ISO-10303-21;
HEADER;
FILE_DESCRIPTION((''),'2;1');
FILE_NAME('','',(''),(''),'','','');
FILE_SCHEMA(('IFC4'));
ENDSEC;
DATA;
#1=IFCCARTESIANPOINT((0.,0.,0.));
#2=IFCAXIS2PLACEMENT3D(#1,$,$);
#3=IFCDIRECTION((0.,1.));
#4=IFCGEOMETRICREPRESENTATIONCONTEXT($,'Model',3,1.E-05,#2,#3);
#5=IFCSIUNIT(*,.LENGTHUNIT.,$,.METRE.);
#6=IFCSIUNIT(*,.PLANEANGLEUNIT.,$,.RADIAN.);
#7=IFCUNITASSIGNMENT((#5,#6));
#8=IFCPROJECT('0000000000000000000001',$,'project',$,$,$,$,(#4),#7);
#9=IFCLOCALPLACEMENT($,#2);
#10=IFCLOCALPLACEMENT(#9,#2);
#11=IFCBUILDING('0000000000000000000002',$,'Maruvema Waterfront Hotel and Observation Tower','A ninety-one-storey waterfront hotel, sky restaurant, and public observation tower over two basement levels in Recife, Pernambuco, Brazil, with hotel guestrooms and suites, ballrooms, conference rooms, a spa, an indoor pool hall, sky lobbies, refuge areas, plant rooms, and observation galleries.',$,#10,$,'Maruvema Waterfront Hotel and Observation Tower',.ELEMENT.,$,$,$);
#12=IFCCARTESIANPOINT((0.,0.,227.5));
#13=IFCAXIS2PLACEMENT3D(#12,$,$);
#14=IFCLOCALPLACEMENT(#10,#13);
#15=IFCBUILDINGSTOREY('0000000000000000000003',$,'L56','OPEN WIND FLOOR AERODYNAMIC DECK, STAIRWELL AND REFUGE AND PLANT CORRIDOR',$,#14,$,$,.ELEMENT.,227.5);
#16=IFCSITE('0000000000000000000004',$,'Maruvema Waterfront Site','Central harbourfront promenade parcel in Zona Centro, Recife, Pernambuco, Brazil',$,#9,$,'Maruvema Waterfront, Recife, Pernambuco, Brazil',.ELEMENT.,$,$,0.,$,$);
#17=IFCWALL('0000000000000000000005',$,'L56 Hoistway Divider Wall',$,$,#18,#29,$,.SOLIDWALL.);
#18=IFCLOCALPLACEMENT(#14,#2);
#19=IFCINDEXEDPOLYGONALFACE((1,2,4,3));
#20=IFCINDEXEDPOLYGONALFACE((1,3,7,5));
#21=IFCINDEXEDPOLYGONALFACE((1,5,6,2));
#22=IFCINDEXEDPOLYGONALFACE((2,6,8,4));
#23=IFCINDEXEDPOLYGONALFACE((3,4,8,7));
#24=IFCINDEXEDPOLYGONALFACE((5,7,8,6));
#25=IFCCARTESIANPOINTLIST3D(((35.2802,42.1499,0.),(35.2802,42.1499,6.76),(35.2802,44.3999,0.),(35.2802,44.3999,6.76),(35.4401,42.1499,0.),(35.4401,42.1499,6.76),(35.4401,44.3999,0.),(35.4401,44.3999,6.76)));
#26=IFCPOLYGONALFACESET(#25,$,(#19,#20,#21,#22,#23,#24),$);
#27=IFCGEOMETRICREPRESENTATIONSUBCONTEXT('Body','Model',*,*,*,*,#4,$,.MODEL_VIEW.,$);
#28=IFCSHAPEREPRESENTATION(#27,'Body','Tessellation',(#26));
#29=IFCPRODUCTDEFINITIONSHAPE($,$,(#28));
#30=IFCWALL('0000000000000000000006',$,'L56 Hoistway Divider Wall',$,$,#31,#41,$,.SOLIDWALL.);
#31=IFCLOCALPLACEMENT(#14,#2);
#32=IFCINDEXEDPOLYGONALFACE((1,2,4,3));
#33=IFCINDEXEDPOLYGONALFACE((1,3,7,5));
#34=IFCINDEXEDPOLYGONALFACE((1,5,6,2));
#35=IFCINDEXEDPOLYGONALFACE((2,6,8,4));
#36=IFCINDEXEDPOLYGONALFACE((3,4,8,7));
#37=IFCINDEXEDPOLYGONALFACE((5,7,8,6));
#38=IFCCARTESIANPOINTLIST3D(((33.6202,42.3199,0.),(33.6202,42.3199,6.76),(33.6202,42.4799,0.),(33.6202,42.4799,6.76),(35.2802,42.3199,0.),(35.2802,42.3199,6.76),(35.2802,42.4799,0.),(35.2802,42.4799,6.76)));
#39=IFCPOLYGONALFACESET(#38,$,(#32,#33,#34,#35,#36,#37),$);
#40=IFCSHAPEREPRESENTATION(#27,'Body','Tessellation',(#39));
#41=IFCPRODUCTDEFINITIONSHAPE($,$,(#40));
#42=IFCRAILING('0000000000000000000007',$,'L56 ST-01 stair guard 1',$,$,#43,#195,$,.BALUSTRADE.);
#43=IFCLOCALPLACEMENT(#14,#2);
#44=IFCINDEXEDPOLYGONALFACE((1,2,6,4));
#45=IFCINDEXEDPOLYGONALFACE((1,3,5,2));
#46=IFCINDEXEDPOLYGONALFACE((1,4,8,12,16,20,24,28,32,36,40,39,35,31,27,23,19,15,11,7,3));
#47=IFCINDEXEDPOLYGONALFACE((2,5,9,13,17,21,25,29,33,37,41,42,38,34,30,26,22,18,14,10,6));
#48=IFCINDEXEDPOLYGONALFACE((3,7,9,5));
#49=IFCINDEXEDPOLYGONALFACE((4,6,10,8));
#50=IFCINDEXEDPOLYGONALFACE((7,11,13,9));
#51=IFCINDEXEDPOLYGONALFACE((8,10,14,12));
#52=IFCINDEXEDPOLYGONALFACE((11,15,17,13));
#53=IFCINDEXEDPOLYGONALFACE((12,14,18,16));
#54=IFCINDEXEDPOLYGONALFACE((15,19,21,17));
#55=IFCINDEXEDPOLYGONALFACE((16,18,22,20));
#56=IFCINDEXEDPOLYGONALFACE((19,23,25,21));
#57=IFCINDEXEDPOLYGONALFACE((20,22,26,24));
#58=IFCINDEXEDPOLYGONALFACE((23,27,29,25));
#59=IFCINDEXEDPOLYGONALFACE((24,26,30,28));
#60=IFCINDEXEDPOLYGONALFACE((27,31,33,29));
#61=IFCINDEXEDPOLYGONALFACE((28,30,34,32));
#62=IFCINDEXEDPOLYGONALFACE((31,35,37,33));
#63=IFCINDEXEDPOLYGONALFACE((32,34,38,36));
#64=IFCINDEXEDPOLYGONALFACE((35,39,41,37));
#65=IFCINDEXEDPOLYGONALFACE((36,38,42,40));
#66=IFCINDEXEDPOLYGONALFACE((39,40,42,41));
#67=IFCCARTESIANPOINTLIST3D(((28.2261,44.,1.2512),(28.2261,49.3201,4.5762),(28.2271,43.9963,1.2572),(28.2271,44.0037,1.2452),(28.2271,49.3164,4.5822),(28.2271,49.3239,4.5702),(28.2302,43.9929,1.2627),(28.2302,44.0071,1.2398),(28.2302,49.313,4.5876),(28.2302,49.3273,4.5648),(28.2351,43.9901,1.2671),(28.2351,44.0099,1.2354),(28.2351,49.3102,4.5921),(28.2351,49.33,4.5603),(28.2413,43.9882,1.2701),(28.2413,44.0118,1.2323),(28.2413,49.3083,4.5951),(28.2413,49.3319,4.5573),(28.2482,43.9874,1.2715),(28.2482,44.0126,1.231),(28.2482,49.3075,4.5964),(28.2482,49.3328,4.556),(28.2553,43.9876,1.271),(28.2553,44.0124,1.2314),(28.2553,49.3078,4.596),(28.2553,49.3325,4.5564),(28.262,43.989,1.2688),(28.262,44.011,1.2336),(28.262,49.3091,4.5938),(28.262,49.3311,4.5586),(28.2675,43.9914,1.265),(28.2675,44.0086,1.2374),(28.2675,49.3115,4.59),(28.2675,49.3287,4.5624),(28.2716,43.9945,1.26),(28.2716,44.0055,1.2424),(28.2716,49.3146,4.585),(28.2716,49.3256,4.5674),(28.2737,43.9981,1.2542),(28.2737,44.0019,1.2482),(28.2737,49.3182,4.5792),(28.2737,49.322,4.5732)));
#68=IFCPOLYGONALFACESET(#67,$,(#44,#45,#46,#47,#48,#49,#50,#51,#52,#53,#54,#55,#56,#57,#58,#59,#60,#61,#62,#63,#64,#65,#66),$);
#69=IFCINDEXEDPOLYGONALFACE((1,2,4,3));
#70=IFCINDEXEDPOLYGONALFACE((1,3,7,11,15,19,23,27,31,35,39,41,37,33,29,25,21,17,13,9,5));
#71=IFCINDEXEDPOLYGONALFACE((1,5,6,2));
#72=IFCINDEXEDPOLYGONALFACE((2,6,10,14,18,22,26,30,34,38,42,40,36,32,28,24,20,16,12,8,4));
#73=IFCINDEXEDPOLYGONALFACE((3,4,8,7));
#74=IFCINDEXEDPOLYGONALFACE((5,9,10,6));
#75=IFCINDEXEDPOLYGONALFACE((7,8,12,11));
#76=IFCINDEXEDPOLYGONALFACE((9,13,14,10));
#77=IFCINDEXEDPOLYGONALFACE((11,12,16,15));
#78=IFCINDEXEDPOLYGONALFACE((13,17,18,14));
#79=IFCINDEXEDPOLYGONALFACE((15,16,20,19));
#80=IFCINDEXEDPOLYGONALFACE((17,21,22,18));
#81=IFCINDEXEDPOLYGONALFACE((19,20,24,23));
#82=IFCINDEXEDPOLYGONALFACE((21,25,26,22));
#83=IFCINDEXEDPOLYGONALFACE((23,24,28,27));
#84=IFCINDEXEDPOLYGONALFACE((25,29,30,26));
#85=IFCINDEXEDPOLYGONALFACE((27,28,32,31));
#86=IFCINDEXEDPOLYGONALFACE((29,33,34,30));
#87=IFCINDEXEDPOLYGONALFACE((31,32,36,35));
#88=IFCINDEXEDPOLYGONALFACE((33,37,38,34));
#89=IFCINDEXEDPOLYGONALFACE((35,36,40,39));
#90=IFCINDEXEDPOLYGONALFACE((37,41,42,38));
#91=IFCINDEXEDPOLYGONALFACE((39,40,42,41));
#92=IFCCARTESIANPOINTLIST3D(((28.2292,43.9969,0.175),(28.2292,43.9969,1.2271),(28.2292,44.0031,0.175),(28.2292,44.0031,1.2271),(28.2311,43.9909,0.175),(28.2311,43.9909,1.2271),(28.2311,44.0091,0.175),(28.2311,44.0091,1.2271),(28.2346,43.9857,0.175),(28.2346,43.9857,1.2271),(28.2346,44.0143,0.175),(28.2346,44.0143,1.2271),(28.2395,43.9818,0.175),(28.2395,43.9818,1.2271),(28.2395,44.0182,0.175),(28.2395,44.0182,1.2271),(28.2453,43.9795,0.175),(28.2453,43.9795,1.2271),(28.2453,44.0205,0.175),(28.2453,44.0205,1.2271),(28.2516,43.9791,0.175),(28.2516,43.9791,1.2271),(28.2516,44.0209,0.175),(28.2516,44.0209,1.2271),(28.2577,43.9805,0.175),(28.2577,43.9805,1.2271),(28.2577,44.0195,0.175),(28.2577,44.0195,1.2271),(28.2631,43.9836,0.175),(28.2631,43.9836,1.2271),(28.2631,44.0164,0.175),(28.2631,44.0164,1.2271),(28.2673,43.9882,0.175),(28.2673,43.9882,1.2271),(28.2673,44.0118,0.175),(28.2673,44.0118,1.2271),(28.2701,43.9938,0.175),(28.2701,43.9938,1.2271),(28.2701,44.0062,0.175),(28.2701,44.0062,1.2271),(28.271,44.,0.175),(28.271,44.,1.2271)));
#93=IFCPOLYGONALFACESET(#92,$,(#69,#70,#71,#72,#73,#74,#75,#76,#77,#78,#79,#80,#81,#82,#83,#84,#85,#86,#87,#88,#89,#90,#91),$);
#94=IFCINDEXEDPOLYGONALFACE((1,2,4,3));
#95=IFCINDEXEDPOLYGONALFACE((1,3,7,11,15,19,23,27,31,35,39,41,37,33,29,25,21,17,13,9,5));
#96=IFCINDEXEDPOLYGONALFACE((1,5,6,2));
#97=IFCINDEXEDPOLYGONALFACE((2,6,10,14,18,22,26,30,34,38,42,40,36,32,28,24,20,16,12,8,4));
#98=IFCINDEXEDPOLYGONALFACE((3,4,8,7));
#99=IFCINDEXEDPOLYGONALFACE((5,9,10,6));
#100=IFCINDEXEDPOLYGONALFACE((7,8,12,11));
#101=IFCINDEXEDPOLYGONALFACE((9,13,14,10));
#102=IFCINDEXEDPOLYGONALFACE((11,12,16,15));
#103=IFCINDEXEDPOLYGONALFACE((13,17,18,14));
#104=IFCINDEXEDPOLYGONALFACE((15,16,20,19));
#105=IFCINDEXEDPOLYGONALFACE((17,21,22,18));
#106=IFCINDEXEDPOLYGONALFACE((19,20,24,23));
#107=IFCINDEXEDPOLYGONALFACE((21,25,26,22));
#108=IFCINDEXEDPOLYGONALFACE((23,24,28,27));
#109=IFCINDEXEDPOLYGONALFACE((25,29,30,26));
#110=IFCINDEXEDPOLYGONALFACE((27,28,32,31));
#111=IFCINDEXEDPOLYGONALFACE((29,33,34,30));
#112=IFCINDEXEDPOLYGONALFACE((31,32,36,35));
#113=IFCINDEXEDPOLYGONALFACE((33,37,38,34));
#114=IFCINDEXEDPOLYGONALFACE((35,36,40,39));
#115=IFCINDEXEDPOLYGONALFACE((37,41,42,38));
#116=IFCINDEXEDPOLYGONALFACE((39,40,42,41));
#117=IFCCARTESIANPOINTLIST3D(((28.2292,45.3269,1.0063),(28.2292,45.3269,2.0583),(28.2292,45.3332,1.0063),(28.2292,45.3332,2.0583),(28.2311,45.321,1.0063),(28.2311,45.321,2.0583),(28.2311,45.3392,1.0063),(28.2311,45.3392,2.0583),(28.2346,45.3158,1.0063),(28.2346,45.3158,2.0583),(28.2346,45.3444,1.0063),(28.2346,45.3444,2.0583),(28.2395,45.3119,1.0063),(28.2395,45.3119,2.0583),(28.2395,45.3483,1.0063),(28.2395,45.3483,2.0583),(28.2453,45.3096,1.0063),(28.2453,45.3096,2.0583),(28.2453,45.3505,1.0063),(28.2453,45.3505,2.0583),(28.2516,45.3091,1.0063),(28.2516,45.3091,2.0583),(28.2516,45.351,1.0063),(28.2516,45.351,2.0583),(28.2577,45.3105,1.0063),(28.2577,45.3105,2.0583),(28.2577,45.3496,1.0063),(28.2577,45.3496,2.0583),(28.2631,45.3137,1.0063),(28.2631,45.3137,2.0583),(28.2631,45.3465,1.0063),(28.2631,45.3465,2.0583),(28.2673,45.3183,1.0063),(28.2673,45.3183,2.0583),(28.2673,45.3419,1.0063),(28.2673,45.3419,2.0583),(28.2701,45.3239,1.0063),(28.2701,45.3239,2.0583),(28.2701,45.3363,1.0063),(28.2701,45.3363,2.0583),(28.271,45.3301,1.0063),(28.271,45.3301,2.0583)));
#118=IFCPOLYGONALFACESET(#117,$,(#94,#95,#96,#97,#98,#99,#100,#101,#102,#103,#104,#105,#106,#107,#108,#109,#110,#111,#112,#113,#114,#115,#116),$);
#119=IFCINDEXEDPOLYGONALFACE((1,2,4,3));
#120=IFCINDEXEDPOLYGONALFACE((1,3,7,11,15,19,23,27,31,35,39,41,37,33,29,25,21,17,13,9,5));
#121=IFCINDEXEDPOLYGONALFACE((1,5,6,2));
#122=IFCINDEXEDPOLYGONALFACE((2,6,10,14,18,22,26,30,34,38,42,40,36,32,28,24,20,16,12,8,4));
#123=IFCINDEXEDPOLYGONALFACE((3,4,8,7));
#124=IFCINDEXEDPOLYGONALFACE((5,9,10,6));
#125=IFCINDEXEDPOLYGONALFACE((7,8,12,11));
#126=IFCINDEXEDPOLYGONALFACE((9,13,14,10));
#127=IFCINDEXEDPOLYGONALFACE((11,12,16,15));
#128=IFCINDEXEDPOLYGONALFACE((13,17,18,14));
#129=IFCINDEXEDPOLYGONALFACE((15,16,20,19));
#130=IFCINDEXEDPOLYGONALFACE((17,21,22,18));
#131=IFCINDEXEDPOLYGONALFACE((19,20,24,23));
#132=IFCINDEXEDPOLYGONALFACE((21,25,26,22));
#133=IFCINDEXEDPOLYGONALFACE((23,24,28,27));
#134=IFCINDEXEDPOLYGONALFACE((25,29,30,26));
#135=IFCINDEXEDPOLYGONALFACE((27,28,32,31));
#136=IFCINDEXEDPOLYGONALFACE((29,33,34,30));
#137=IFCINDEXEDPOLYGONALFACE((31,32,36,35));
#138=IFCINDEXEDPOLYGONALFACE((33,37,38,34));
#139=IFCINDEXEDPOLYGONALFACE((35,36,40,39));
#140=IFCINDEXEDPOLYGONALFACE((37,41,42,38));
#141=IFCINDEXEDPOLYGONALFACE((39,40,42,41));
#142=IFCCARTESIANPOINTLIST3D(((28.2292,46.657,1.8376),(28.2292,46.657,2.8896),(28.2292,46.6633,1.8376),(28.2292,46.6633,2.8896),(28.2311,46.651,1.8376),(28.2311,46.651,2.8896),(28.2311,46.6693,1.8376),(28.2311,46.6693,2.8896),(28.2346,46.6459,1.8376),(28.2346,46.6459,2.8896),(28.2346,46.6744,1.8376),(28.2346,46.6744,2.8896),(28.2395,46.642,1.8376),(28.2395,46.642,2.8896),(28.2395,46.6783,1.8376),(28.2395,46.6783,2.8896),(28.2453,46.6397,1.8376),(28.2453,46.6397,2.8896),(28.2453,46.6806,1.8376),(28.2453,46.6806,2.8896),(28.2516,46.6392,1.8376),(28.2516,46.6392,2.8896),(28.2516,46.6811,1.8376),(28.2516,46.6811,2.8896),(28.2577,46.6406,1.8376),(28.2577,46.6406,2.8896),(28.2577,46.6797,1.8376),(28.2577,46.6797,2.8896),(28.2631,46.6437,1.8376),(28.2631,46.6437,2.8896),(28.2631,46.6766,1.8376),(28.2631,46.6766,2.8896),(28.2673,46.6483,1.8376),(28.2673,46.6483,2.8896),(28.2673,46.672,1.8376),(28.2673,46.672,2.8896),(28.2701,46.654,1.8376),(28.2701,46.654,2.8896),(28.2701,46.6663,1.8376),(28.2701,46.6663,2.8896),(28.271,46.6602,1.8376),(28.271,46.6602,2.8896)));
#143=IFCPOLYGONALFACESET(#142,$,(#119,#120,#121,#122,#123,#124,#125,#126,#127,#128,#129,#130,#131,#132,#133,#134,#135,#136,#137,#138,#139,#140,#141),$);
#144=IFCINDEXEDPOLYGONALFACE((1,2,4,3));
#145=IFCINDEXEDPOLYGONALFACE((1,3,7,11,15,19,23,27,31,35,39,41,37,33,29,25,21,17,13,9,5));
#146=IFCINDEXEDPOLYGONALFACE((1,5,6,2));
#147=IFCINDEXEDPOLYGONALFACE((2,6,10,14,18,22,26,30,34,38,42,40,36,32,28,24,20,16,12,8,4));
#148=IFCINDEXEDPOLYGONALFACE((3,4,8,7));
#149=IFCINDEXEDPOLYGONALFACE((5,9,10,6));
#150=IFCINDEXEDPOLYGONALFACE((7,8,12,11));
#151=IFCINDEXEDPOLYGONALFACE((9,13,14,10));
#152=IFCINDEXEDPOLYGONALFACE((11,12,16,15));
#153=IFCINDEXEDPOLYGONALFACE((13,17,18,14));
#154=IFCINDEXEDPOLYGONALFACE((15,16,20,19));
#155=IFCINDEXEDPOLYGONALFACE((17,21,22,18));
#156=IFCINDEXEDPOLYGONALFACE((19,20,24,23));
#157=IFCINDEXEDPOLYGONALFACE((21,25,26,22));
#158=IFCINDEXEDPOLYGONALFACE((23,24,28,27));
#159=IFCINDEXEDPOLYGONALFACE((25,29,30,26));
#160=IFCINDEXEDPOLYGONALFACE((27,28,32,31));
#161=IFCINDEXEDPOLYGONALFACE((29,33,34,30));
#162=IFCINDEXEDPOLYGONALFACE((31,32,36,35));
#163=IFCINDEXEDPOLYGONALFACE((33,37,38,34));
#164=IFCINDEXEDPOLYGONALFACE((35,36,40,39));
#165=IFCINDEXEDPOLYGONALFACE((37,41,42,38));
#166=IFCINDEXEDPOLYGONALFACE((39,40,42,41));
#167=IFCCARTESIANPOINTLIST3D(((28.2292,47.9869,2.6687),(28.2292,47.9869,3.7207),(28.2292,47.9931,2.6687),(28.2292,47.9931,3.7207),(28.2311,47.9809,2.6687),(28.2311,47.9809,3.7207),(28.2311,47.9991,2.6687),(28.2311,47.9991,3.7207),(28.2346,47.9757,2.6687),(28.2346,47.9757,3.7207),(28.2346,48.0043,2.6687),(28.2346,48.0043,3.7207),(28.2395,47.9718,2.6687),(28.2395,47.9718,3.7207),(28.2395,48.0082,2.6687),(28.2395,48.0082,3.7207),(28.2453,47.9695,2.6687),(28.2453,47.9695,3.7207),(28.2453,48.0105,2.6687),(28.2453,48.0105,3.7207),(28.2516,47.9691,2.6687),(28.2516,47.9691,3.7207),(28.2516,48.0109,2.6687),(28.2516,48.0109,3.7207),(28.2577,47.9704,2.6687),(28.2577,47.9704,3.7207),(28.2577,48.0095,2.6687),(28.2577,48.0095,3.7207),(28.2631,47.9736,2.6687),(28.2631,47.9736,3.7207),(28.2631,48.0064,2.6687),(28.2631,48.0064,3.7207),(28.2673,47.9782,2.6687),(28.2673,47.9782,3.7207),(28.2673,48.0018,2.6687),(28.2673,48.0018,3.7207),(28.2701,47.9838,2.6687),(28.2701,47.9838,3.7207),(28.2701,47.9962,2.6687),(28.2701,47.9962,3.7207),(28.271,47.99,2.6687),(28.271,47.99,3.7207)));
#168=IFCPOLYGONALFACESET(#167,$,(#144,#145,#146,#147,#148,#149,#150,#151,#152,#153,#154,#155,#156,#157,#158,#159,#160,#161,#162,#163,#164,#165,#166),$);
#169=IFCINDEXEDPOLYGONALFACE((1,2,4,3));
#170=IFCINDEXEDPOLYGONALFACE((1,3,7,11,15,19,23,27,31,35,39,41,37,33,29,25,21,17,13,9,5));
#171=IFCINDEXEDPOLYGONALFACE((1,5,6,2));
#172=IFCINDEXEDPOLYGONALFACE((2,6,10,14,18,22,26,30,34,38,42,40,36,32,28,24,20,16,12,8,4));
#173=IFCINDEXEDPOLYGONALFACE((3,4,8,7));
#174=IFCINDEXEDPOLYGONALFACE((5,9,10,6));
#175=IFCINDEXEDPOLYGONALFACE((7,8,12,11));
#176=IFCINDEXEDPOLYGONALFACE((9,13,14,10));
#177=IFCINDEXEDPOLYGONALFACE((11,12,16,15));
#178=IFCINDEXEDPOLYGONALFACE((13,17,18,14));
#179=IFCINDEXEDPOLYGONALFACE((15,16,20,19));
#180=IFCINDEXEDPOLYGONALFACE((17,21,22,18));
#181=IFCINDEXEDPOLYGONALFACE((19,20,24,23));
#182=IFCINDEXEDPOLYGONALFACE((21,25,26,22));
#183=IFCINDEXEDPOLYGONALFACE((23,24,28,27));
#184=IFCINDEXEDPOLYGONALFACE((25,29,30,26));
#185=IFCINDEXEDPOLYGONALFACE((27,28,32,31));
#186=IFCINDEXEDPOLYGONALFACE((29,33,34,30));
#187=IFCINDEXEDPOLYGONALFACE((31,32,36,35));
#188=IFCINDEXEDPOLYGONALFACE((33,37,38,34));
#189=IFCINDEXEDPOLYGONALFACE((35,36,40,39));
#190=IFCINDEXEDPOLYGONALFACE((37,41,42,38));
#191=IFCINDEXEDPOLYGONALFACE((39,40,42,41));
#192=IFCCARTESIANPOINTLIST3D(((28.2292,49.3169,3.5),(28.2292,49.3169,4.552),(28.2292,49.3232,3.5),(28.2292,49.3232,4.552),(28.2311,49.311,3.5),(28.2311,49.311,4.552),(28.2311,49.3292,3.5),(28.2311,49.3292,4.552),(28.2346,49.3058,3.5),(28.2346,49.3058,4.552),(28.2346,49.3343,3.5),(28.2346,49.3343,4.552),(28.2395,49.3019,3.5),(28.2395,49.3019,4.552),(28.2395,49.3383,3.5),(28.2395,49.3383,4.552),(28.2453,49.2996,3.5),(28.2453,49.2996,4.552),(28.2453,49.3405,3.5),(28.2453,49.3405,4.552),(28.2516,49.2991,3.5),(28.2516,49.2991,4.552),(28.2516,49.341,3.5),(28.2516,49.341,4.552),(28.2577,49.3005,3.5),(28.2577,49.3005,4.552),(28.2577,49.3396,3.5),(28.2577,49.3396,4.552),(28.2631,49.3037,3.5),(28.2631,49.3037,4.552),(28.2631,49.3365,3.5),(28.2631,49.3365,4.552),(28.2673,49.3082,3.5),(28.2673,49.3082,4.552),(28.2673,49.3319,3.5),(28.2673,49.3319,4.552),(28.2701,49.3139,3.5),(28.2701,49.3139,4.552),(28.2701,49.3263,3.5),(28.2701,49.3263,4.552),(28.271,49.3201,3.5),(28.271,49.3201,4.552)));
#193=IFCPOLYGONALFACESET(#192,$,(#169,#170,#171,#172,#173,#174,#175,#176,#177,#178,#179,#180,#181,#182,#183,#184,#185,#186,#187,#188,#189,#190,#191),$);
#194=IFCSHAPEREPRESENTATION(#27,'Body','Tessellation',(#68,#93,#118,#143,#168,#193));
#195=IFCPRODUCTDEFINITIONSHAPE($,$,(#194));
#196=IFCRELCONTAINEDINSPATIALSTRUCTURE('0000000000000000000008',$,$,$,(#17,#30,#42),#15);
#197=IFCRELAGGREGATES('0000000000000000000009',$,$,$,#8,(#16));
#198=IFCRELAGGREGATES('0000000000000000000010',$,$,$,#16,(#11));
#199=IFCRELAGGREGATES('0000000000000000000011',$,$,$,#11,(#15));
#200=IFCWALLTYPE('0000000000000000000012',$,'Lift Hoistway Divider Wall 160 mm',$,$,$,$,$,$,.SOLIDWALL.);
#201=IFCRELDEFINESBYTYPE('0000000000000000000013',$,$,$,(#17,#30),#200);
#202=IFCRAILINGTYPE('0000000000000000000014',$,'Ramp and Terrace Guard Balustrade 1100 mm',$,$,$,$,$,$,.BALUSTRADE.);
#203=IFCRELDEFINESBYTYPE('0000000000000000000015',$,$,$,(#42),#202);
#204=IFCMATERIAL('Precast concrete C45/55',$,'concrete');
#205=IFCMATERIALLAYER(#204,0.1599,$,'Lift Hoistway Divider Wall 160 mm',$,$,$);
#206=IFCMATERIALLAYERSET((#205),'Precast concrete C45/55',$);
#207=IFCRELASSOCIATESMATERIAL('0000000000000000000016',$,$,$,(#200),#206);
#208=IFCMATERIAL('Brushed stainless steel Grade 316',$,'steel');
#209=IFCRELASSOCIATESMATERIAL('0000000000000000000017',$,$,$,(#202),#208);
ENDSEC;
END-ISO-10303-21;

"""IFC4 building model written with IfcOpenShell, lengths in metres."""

from ifc_helpers import new_model, si_unit, direction, frame, frame_2d, origin, origin_2d, place, context, subcontext, project, spatial, rectangle, circle, extrude, material, layer, layer_set, type_object, element, save


model = new_model("IFC4")

# Units and contexts
model_context = context("Model", 3, precision=1e-05, world=origin(), true_north=direction((0.0, 1.0)))
body_context = subcontext(model_context, "Body", "Model", "MODEL_VIEW")
ifc_project = project(units=[si_unit("LENGTHUNIT", "METRE"), si_unit("PLANEANGLEUNIT", "RADIAN")], contexts=[model_context])

# Site, building, storey
site_placement = place(None, origin())
site = spatial("IfcSite", under=ifc_project, at=site_placement, Name="Maruvema Waterfront Site", Description="Central harbourfront promenade parcel in Zona Centro, Recife, Pernambuco, Brazil", LongName="Maruvema Waterfront, Recife, Pernambuco, Brazil", CompositionType="ELEMENT", RefElevation=0.0)
building_placement = place(site_placement, origin())
building = spatial("IfcBuilding", under=site, at=building_placement, Name="Maruvema Waterfront Hotel and Observation Tower", Description="A ninety-one-storey waterfront hotel, sky restaurant, and public observation tower over two basement levels in Recife, Pernambuco, Brazil, with hotel guestrooms and suites, ballrooms, conference rooms, a spa, an indoor pool hall, sky lobbies, refuge areas, plant rooms, and observation galleries.", LongName="Maruvema Waterfront Hotel and Observation Tower", CompositionType="ELEMENT")
storey_placement = place(building_placement, frame((0.0, 0.0, 227.5)))
storey = spatial("IfcBuildingStorey", under=building, at=storey_placement, Name="L56", Description="OPEN WIND FLOOR AERODYNAMIC DECK, STAIRWELL AND REFUGE AND PLANT CORRIDOR", CompositionType="ELEMENT", Elevation=227.5)

# Walls
ifc_material_1 = material(Name="Precast concrete C45/55", Category="concrete")
ifc_layer_1 = layer(ifc_material_1, 0.1599, Name="Lift Hoistway Divider Wall 160 mm")
ifc_layer_set_1 = layer_set([ifc_layer_1], Name="Precast concrete C45/55")
wall_type_1 = type_object("IfcWallType", Name="Lift Hoistway Divider Wall 160 mm", PredefinedType="SOLIDWALL", material=ifc_layer_set_1)
for number, where, z_axis, x_axis, name in (
    (1, (35.3601, 42.1499, 0.0), (0.0, 0.0, 1.0), (0.0, 1.0, 0.0), "L56 Hoistway Divider Wall"),
):
    element("IfcWall", number, at=place(storey_placement, frame(where, z_axis=z_axis, x_axis=x_axis)), inside=storey, type_object=wall_type_1, Name=name, PredefinedType="SOLIDWALL", context=body_context, shape_type="SweptSolid", body=[
        extrude(rectangle(XDim=2.25, YDim=0.1599, at=frame_2d((1.125, 0.0))), origin(), (0.0, 0.0, 1.0), 6.76),
    ])
wall_1_placement = place(storey_placement, frame((33.6201, 42.3999, 0.0), z_axis=(0.0, 0.0, 1.0), x_axis=(1.0, 0.0, 0.0)))
element("IfcWall", 2, at=wall_1_placement, inside=storey, type_object=wall_type_1, Name="L56 Hoistway Divider Wall", PredefinedType="SOLIDWALL", context=body_context, shape_type="SweptSolid", body=[
    extrude(rectangle(XDim=1.6599, YDim=0.1599, at=frame_2d((0.8301, 0.0))), origin(), (0.0, 0.0, 1.0), 6.76),
])

# Railing
ifc_material_2 = material(Name="Brushed stainless steel Grade 316", Category="steel")
railing_type = type_object("IfcRailingType", Name="Ramp and Terrace Guard Balustrade 1100 mm", PredefinedType="BALUSTRADE", material=ifc_material_2)
railing_1_placement = place(storey_placement, frame((28.25, 44.0, 0.175)))
element("IfcRailing", 3, at=railing_1_placement, inside=storey, type_object=railing_type, Name="L56 ST-01 stair guard 1", PredefinedType="BALUSTRADE", context=body_context, shape_type="SweptSolid", body=[
    extrude(circle(Radius=0.0239, at=origin_2d()), frame((0.0, 0.0, 1.0762), z_axis=(0.0, 0.848005, 0.529988), x_axis=(-1.0, 0.0, 0.0)), (0.0, 0.0, 1.0), 6.2737),
    extrude(circle(Radius=0.021, at=origin_2d()), origin(), (0.0, 0.0, 1.0), 1.052),
    extrude(circle(Radius=0.021, at=origin_2d()), frame((0.0, 1.3301, 0.8313)), (0.0, 0.0, 1.0), 1.052),
    extrude(circle(Radius=0.021, at=origin_2d()), frame((0.0, 2.6602, 1.6626)), (0.0, 0.0, 1.0), 1.052),
    extrude(circle(Radius=0.021, at=origin_2d()), frame((0.0, 3.99, 2.4937)), (0.0, 0.0, 1.0), 1.052),
    extrude(circle(Radius=0.021, at=origin_2d()), frame((0.0, 5.3201, 3.325)), (0.0, 0.0, 1.0), 1.052),
])

save(model, "model.ifc")
